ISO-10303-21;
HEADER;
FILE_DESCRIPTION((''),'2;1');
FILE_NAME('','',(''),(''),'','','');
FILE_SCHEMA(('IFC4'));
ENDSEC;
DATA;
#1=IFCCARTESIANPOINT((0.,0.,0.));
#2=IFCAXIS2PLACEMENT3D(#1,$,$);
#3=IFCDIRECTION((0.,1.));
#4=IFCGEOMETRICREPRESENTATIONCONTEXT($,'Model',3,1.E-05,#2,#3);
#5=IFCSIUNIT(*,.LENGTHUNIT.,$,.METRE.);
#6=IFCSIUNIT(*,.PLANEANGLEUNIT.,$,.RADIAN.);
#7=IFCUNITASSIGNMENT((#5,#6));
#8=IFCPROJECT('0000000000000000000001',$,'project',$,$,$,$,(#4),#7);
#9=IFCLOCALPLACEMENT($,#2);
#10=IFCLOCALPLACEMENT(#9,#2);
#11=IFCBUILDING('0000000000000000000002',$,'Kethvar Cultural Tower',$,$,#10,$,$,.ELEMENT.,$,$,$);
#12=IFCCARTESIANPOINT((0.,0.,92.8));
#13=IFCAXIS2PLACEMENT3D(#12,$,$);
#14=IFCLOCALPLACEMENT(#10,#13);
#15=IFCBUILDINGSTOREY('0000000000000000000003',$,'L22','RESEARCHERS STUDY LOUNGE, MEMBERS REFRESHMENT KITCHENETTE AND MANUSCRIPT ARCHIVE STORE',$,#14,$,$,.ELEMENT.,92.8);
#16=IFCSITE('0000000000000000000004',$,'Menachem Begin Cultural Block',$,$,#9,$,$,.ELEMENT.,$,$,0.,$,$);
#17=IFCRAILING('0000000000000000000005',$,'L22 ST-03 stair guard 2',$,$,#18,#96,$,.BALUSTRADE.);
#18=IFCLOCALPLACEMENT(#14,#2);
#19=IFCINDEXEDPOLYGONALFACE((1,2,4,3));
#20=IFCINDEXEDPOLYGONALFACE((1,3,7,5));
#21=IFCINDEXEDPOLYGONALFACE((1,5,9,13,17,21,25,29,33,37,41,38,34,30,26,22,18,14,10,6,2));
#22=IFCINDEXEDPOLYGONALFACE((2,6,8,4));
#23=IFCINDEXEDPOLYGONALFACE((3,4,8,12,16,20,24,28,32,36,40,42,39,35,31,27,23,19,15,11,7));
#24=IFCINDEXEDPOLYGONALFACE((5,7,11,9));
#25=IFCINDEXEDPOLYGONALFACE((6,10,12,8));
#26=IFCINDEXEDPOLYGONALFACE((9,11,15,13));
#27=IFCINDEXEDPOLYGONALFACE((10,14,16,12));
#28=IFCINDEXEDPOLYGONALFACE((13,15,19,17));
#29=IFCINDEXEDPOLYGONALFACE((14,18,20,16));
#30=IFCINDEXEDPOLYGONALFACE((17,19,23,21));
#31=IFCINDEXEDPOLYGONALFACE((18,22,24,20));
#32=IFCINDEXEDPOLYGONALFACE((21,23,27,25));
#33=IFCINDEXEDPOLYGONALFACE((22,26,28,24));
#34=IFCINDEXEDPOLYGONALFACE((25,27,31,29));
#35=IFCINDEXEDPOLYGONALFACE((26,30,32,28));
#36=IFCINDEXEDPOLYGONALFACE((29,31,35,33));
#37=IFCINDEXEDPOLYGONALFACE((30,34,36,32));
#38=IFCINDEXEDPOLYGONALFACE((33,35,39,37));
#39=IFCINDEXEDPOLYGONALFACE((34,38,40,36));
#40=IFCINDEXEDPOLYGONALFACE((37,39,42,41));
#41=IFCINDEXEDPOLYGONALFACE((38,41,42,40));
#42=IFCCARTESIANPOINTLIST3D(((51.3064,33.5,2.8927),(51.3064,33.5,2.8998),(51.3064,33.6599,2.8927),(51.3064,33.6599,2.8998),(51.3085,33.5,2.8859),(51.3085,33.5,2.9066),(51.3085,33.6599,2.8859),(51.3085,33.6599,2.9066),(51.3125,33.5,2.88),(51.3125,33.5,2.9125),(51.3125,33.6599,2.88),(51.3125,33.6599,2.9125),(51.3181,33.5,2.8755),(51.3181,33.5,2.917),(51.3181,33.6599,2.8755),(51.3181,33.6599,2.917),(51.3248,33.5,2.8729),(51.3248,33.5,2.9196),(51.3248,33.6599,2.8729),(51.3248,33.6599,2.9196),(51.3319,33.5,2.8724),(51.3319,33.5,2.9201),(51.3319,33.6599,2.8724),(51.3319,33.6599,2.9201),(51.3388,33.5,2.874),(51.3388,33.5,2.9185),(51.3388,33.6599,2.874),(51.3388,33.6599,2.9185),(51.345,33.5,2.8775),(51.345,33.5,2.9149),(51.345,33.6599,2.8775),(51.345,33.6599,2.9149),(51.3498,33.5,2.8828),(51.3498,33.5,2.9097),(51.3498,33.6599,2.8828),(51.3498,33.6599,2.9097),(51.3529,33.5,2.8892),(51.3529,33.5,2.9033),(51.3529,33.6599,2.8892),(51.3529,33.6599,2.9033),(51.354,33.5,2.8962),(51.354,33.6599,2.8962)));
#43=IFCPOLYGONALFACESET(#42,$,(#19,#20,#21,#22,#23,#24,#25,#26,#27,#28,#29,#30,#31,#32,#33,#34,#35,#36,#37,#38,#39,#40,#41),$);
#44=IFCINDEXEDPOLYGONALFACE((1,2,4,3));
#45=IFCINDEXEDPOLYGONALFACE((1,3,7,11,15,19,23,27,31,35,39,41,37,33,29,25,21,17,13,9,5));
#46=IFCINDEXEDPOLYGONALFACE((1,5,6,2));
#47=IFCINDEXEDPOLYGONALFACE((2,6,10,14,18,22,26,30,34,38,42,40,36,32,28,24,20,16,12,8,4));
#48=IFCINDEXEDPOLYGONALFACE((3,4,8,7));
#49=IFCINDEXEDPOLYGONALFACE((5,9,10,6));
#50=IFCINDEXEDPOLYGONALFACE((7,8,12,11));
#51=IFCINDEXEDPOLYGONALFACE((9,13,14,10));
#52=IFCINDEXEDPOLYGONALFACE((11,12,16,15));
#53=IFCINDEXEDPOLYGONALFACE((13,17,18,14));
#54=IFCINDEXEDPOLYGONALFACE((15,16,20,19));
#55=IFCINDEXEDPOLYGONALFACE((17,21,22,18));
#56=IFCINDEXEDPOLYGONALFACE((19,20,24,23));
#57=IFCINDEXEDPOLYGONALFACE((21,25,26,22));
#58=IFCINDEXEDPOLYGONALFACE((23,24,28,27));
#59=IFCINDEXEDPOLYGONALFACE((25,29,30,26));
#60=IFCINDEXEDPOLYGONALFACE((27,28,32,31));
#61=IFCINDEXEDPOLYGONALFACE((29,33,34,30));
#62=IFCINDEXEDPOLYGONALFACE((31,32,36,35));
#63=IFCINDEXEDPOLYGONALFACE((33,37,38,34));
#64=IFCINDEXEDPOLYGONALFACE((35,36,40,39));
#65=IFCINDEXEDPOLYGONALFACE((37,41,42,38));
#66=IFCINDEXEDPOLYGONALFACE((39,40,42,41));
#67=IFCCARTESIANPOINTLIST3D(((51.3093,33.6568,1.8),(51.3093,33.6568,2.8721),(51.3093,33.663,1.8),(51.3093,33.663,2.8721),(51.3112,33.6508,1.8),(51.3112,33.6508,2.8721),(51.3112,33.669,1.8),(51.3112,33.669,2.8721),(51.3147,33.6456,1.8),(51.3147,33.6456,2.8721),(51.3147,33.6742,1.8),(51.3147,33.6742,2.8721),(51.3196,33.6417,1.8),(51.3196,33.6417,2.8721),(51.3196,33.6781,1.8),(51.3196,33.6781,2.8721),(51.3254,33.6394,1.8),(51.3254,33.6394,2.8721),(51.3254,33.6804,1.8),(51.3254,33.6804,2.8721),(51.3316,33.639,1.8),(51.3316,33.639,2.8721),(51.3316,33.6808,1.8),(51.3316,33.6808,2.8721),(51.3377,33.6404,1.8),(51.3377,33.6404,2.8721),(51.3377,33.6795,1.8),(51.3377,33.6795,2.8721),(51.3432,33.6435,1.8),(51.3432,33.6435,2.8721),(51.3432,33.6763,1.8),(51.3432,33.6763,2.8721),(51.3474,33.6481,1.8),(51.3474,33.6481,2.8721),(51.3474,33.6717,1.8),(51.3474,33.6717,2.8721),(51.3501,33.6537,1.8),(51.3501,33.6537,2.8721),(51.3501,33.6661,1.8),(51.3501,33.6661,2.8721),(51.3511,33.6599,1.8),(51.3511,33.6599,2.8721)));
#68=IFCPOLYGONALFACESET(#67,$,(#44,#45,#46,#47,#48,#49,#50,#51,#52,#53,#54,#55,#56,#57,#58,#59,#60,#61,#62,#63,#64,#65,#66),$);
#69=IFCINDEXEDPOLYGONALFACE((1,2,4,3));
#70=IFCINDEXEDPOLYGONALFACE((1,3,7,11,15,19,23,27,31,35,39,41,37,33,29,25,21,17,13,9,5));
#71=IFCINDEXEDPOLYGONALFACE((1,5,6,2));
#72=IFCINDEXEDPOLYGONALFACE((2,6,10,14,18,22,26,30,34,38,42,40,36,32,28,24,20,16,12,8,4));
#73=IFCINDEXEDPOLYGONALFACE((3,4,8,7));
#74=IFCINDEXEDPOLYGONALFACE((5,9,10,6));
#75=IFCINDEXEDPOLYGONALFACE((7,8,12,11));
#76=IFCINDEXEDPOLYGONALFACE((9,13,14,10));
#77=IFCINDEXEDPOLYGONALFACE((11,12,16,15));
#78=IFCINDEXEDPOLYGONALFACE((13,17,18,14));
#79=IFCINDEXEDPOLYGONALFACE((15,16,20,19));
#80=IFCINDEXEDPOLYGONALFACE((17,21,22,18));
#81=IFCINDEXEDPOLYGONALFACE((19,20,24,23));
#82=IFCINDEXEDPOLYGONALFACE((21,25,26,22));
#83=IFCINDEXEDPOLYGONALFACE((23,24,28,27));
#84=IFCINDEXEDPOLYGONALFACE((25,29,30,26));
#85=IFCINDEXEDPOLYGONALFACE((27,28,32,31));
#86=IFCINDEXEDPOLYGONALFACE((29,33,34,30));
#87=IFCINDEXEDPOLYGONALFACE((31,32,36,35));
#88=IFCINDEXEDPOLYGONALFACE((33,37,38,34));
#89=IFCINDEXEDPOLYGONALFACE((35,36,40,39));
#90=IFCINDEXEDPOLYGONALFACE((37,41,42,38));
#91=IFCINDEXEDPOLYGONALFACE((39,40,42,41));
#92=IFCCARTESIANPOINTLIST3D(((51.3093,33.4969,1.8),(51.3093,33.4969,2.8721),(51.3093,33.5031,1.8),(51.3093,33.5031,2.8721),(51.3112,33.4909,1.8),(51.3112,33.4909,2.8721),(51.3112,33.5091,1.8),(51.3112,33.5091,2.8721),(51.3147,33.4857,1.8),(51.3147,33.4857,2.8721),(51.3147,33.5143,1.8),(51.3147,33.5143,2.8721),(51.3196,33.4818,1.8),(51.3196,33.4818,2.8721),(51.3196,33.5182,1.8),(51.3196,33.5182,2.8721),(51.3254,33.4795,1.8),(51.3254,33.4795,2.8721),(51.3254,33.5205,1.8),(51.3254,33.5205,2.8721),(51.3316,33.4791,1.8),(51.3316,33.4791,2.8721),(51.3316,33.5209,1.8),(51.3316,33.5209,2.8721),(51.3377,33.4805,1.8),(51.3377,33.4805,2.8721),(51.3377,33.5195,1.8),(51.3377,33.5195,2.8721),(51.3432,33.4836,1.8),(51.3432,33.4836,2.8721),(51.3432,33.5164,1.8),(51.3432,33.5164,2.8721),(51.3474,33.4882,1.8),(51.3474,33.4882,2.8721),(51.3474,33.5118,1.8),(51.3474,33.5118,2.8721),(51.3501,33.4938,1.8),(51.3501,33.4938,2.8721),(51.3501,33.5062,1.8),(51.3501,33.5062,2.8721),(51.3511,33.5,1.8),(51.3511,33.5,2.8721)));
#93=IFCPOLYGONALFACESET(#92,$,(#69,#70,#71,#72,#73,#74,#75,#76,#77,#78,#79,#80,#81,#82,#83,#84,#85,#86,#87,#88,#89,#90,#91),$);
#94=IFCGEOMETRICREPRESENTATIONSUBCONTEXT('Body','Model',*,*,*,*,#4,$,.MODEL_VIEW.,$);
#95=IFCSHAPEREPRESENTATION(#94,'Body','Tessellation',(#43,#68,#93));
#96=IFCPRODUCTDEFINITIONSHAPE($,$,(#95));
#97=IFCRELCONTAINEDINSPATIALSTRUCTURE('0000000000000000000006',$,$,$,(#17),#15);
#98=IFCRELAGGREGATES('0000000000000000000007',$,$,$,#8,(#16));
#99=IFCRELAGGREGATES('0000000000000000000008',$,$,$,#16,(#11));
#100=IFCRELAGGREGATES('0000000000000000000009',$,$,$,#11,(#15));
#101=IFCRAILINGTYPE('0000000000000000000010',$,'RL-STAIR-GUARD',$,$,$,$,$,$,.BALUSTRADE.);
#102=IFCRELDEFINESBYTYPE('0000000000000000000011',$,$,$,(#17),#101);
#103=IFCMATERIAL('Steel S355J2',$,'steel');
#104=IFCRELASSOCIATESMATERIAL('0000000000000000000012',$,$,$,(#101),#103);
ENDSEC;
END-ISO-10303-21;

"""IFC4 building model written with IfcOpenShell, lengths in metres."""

from ifc_helpers import new_model, si_unit, direction, frame, origin, origin_2d, place, context, subcontext, project, spatial, circle, extrude, material, type_object, element, save


model = new_model("IFC4")

# Units and contexts
model_context = context("Model", 3, precision=1e-05, world=origin(), true_north=direction((0.0, 1.0)))
body_context = subcontext(model_context, "Body", "Model", "MODEL_VIEW")
ifc_project = project(units=[si_unit("LENGTHUNIT", "METRE"), si_unit("PLANEANGLEUNIT", "RADIAN")], contexts=[model_context])

# Site, building, storey
site_placement = place(None, origin())
site = spatial("IfcSite", under=ifc_project, at=site_placement, Name="Menachem Begin Cultural Block", CompositionType="ELEMENT", RefElevation=0.0)
building_placement = place(site_placement, origin())
building = spatial("IfcBuilding", under=site, at=building_placement, Name="Kethvar Cultural Tower", CompositionType="ELEMENT")
storey_placement = place(building_placement, frame((0.0, 0.0, 92.8)))
storey = spatial("IfcBuildingStorey", under=building, at=storey_placement, Name="L22", Description="RESEARCHERS STUDY LOUNGE, MEMBERS REFRESHMENT KITCHENETTE AND MANUSCRIPT ARCHIVE STORE", CompositionType="ELEMENT", Elevation=92.8)

# Shared definitions
ifc_material_1 = material(Name="Steel S355J2", Category="steel")

# Railing
railing_type_1 = type_object("IfcRailingType", Name="RL-STAIR-GUARD", PredefinedType="BALUSTRADE", material=ifc_material_1)
railing_1_placement = place(storey_placement, frame((51.3301, 33.6599, 1.8)))
element("IfcRailing", 1, at=railing_1_placement, inside=storey, type_object=railing_type_1, Name="L22 ST-03 stair guard 2", PredefinedType="BALUSTRADE", context=body_context, shape_type="SweptSolid", body=[
    extrude(circle(Radius=0.0239, at=origin_2d()), frame((0.0, 0.0, 1.0962), z_axis=(0.0, -1.0, 0.0), x_axis=(1.0, 0.0, 0.0)), (0.0, 0.0, 1.0), 0.1599),
    extrude(circle(Radius=0.021, at=origin_2d()), origin(), (0.0, 0.0, 1.0), 1.072),
    extrude(circle(Radius=0.021, at=origin_2d()), frame((0.0, -0.1599, 0.0)), (0.0, 0.0, 1.0), 1.072),
])

save(model, "model.ifc")
